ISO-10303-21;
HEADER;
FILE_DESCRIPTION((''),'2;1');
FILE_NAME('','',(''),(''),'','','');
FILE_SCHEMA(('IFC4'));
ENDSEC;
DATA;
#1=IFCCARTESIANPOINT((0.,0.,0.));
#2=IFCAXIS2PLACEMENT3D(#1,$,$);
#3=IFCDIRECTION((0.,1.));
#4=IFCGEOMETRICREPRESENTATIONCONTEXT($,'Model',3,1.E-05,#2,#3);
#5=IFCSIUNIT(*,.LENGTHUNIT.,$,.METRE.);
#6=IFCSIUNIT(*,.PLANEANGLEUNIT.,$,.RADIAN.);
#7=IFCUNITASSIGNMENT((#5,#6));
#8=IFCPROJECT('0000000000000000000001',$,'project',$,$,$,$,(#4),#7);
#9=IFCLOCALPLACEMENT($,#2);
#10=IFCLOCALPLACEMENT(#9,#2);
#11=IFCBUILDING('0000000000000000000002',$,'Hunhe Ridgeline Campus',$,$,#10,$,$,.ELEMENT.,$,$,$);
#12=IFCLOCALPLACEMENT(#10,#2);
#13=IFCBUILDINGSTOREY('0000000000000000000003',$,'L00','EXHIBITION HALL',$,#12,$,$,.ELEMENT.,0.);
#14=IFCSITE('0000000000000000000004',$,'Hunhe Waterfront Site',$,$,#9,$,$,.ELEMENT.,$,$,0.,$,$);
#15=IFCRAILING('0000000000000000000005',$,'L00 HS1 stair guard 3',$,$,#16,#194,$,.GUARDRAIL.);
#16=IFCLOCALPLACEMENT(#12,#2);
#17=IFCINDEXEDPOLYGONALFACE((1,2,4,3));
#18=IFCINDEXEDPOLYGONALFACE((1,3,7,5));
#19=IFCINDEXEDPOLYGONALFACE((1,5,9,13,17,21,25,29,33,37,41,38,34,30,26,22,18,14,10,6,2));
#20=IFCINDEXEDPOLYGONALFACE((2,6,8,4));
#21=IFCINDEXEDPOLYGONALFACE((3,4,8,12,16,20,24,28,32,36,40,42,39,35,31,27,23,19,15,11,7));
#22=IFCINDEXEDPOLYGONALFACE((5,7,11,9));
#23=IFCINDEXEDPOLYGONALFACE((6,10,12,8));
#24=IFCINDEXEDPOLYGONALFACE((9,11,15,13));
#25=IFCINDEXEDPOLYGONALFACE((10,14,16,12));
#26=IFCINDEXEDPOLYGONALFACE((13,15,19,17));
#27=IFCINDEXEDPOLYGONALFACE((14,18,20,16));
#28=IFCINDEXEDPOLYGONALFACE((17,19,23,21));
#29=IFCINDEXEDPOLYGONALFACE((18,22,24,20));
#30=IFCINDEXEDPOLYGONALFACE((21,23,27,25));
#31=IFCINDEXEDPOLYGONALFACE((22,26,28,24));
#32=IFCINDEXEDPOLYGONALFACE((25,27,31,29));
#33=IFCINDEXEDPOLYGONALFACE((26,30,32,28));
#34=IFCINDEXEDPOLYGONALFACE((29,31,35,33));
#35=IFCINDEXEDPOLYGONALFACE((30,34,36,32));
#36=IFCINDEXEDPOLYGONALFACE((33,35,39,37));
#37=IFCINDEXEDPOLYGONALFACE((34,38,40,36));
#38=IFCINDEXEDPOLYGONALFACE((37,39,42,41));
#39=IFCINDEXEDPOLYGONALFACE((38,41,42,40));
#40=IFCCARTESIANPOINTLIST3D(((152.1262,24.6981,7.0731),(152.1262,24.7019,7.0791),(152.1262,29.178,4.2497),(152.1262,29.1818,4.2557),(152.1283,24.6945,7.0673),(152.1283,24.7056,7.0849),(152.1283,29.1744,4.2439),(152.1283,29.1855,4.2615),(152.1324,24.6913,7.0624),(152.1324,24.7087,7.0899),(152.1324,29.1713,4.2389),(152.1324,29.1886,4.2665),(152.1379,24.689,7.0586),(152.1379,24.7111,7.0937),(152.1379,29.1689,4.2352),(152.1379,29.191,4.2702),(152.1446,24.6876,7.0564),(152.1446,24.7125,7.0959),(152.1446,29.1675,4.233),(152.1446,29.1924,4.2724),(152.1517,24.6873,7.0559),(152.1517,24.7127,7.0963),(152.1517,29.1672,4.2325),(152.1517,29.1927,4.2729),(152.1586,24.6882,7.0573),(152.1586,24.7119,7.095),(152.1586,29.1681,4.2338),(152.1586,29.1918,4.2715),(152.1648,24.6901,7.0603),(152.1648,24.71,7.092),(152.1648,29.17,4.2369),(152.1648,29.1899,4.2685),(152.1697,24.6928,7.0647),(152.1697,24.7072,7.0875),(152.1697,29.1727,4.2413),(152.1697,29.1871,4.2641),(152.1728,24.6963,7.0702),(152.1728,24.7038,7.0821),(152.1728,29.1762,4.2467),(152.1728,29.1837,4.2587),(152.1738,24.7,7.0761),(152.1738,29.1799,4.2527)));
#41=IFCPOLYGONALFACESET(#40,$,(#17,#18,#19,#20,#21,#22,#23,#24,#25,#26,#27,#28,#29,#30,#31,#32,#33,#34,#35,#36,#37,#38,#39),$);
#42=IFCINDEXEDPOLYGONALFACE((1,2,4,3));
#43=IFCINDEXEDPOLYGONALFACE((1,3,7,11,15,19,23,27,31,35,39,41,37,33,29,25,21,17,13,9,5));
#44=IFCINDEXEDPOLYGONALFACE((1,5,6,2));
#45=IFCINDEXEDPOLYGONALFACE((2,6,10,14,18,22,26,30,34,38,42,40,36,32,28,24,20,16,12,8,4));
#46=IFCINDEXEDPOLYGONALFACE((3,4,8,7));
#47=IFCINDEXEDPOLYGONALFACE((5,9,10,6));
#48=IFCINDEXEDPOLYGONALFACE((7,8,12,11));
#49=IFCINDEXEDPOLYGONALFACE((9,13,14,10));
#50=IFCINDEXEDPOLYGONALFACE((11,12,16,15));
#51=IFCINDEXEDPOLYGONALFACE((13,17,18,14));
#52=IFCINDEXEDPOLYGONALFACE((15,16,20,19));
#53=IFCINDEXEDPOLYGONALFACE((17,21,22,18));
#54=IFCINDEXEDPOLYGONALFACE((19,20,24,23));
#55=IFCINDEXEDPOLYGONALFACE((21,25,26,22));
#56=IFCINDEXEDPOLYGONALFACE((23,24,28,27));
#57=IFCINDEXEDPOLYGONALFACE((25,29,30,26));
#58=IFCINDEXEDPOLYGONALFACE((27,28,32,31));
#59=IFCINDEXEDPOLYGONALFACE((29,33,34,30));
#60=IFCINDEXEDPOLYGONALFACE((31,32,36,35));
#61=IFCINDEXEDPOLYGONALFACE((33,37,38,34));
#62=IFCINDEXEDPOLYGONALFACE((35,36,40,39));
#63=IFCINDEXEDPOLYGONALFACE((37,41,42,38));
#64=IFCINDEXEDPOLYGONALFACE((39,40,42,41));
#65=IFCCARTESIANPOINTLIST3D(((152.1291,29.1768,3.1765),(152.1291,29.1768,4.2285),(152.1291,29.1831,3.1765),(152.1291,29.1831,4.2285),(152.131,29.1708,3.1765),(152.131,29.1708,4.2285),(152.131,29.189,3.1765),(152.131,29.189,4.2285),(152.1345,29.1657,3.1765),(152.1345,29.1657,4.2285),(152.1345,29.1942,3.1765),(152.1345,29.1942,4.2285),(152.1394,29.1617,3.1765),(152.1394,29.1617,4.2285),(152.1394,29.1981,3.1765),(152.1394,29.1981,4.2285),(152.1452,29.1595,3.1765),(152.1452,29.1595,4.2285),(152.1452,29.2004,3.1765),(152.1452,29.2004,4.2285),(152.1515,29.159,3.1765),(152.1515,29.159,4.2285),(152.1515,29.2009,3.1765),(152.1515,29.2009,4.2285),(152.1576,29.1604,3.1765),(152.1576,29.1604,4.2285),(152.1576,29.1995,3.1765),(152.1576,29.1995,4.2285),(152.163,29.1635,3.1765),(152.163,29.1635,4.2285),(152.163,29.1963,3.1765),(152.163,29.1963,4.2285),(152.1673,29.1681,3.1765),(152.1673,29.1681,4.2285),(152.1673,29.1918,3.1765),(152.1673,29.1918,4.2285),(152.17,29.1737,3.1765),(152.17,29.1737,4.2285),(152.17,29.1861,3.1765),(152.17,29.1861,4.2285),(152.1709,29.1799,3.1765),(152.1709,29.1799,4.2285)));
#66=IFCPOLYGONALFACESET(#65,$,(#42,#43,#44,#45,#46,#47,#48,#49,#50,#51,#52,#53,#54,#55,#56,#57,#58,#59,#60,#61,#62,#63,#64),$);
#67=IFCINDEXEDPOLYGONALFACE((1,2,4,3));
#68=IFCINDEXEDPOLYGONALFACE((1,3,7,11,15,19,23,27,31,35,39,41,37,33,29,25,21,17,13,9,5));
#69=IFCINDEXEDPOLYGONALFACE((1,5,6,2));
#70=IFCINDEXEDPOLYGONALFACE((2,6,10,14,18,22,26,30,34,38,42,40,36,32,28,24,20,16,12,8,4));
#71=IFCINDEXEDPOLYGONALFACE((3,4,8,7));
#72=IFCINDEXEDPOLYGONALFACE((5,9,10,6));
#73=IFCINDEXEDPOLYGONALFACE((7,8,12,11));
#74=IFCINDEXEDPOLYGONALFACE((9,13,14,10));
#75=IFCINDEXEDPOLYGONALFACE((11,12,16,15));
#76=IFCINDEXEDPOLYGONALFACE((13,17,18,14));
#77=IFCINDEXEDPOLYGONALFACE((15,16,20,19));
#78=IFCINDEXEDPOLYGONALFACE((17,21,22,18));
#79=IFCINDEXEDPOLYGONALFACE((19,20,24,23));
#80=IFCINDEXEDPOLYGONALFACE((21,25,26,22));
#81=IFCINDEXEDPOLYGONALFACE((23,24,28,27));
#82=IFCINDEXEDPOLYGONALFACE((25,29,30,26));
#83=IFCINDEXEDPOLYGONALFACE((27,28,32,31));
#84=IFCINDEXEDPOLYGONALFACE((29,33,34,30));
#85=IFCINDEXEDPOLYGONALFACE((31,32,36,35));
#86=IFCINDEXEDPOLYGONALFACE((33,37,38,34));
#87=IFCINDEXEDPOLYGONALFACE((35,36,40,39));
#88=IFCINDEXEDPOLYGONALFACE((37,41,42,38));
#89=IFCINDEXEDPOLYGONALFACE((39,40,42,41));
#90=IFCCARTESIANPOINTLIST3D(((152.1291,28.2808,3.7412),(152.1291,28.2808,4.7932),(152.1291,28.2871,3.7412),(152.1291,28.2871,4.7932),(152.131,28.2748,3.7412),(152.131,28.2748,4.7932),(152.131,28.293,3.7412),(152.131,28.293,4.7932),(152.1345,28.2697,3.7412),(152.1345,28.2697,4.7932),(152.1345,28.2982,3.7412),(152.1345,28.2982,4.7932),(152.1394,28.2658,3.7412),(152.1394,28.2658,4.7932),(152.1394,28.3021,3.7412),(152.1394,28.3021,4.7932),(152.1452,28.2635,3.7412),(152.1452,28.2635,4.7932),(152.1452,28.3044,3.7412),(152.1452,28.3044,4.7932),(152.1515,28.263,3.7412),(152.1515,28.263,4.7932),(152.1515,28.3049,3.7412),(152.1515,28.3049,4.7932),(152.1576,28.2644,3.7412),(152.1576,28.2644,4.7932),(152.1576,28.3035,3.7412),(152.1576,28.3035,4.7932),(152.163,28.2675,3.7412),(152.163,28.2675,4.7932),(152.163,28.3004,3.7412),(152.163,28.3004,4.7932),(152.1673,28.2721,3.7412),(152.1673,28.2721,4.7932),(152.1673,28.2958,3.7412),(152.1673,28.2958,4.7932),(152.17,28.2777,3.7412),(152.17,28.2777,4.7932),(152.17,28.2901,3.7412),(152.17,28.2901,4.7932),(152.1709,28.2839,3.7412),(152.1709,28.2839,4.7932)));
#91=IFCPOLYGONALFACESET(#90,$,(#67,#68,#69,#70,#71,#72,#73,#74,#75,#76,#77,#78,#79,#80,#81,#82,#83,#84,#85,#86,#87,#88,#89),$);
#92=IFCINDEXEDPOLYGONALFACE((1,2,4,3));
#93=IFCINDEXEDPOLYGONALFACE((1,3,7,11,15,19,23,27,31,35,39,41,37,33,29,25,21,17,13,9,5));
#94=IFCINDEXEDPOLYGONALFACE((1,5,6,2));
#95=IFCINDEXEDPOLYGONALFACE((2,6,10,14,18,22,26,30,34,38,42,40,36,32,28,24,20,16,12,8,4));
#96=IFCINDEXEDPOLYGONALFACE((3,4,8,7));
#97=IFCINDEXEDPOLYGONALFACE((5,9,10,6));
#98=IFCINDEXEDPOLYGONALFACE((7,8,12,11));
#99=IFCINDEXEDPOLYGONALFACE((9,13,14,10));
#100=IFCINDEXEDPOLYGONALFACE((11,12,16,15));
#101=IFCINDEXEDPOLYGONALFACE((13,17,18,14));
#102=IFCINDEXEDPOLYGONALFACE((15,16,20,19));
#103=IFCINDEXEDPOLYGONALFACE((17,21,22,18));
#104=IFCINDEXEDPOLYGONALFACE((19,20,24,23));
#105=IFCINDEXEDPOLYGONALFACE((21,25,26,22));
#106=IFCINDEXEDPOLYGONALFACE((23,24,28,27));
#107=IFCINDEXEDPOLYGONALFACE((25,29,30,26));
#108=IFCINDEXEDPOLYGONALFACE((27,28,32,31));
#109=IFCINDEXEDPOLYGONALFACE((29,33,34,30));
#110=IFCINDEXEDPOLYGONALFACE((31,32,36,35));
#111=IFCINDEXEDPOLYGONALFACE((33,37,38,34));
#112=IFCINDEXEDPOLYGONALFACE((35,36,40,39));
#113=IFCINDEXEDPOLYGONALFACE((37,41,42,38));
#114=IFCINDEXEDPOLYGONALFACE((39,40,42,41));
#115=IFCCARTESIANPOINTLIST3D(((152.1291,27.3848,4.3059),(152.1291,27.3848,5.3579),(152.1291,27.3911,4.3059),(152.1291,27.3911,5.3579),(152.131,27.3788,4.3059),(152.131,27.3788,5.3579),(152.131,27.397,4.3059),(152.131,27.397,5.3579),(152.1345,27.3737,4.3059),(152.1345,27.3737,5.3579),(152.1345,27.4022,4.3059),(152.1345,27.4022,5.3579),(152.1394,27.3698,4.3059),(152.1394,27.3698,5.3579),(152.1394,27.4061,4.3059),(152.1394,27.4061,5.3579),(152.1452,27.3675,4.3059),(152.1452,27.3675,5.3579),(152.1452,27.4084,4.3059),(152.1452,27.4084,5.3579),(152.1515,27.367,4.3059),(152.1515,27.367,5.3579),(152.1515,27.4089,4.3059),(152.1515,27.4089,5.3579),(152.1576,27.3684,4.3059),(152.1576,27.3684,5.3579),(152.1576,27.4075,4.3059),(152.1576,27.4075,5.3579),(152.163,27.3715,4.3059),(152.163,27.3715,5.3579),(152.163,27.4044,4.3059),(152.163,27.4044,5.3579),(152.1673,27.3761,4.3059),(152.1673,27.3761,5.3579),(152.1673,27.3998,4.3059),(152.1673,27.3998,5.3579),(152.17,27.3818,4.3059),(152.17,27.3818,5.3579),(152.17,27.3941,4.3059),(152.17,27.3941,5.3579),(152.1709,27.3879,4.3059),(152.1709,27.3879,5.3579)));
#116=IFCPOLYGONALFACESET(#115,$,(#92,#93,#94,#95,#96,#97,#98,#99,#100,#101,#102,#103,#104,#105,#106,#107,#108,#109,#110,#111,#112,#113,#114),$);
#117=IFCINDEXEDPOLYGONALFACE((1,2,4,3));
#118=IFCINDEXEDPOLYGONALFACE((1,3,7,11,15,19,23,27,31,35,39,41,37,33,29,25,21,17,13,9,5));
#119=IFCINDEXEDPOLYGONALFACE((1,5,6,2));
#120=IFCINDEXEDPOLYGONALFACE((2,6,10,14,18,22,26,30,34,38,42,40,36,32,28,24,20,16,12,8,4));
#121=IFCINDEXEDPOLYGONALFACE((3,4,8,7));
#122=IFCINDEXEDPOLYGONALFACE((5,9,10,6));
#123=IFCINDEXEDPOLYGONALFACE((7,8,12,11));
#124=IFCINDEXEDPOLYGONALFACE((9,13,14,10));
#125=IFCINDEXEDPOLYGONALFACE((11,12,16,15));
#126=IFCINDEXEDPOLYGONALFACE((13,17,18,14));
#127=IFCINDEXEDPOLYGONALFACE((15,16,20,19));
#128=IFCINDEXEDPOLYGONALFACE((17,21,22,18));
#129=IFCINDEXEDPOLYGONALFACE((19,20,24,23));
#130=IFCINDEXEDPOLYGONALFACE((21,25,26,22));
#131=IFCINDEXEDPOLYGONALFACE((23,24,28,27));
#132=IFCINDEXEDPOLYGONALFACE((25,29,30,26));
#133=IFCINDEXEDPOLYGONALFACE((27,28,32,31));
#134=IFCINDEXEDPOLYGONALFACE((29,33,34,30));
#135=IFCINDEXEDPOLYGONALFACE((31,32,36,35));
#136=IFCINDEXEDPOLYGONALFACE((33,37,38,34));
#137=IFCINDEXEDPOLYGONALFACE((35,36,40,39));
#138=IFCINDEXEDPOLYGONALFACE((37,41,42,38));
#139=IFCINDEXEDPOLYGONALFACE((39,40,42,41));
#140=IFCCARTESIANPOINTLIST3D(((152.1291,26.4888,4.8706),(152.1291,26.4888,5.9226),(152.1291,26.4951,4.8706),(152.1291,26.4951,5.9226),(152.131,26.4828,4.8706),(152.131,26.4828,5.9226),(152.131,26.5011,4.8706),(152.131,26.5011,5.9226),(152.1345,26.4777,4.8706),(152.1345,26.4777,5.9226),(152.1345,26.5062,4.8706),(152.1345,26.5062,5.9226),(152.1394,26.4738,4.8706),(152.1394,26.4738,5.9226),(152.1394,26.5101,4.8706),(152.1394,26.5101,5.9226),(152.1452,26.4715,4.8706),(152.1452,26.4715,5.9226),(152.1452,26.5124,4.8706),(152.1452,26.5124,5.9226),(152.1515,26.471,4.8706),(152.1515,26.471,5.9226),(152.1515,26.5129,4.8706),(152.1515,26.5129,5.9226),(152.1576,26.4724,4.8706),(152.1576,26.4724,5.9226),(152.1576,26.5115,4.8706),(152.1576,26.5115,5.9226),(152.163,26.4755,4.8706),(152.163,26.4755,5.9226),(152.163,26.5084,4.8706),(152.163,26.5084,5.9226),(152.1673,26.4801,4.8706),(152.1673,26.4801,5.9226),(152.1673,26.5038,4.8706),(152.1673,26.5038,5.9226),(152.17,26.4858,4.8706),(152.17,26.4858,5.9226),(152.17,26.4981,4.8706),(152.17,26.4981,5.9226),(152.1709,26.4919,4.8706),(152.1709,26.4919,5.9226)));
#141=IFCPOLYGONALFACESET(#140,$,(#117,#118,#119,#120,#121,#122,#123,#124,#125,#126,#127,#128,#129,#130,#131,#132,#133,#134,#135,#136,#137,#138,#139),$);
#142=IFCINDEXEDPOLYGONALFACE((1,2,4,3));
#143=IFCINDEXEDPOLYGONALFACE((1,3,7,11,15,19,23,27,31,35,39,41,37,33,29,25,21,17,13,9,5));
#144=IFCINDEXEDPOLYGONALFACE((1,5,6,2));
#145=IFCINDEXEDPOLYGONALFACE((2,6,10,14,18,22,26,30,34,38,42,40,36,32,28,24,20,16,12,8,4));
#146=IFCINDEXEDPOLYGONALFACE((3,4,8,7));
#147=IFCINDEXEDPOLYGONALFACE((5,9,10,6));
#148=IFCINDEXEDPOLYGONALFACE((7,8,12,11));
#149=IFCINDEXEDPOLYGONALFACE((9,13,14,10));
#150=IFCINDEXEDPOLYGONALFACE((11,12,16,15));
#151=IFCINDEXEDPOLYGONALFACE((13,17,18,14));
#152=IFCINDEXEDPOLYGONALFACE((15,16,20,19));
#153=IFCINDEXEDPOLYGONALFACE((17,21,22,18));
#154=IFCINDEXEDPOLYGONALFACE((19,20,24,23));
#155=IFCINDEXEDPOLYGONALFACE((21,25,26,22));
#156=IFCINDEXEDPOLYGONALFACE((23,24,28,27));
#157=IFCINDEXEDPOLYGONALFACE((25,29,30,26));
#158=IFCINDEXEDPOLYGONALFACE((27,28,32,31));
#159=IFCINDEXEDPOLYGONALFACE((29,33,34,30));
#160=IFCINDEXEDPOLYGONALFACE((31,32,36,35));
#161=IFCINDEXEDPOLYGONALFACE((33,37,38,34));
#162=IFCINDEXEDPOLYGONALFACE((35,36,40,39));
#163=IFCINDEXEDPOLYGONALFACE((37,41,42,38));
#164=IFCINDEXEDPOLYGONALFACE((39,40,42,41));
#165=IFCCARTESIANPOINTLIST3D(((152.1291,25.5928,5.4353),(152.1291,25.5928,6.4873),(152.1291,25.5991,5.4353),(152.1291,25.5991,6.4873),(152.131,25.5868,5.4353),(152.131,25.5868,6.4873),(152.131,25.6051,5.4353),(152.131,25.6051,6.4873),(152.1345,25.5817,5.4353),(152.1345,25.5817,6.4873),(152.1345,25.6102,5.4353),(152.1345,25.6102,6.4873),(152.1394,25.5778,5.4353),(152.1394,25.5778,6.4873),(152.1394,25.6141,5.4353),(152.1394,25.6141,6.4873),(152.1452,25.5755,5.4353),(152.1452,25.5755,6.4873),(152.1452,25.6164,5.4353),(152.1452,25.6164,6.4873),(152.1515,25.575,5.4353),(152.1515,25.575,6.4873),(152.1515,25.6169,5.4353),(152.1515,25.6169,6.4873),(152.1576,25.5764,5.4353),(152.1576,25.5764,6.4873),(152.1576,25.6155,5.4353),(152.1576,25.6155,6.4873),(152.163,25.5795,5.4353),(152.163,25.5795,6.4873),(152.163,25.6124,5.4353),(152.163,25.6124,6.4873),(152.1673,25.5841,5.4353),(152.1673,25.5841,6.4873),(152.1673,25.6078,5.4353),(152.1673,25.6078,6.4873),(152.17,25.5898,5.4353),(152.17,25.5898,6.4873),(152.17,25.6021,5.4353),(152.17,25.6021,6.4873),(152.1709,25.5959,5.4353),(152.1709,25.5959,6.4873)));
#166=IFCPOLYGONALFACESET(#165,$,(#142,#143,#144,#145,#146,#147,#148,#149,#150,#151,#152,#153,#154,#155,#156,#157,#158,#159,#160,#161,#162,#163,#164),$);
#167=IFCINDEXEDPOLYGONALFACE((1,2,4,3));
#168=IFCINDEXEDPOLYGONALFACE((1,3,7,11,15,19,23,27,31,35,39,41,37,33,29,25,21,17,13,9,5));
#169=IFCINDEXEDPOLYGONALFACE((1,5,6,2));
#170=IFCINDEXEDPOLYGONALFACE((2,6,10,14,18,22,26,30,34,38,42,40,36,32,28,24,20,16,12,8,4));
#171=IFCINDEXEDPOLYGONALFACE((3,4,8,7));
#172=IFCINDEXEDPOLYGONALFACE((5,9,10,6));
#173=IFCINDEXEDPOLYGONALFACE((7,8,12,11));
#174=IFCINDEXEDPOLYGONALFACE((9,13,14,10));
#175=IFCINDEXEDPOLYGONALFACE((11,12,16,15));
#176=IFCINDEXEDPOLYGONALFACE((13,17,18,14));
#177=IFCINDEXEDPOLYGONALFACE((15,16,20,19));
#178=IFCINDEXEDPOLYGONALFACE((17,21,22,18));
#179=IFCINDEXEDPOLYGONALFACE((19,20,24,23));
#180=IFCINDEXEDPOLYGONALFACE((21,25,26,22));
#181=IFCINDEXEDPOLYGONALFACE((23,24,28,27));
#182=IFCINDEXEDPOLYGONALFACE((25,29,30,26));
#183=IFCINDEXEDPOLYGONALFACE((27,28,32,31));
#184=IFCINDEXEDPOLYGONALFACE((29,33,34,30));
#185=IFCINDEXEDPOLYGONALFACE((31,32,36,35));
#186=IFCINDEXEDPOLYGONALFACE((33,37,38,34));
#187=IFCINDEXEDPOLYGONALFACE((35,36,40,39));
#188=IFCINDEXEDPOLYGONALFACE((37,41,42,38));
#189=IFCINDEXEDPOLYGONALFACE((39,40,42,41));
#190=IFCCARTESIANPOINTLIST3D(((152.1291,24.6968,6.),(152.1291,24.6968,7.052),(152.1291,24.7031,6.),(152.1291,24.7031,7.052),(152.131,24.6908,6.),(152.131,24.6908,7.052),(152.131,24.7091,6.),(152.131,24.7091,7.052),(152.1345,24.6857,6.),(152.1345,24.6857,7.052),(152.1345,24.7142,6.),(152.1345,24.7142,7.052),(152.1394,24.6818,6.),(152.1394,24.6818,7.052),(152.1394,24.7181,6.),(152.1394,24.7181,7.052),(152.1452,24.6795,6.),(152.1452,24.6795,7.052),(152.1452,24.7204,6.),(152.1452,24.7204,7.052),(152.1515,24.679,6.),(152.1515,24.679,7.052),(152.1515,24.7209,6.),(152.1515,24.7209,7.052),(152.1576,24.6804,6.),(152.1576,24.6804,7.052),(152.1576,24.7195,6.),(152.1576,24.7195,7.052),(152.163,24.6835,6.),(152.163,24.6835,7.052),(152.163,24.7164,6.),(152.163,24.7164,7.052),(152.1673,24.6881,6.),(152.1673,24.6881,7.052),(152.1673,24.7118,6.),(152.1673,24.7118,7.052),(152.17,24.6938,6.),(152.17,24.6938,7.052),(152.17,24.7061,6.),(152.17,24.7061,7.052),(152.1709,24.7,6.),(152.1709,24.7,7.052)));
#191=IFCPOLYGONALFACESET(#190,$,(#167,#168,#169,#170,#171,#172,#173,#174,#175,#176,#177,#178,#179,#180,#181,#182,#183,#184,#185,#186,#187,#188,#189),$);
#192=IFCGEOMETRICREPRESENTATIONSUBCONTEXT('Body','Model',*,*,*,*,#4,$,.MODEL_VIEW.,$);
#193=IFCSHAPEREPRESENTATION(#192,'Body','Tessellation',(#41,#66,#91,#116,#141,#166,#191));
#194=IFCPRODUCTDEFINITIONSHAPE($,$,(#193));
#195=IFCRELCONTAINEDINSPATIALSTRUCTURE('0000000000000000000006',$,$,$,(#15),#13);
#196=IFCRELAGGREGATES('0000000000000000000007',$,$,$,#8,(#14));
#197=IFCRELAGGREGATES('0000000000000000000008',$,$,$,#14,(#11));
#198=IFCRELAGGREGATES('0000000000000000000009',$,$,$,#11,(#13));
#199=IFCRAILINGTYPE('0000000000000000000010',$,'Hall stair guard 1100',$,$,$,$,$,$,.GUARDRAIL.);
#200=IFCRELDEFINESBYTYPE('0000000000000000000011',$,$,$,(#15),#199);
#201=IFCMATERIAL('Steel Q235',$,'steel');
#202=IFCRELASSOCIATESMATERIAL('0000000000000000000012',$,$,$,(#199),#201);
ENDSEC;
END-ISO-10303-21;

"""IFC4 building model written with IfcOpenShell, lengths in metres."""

from ifc_helpers import new_model, si_unit, direction, frame, origin, origin_2d, place, context, subcontext, project, spatial, circle, extrude, material, type_object, element, save


model = new_model("IFC4")

# Units and contexts
model_context = context("Model", 3, precision=1e-05, world=origin(), true_north=direction((0.0, 1.0)))
body_context = subcontext(model_context, "Body", "Model", "MODEL_VIEW")
ifc_project = project(units=[si_unit("LENGTHUNIT", "METRE"), si_unit("PLANEANGLEUNIT", "RADIAN")], contexts=[model_context])

# Site, building, storey
site_placement = place(None, origin())
site = spatial("IfcSite", under=ifc_project, at=site_placement, Name="Hunhe Waterfront Site", CompositionType="ELEMENT", RefElevation=0.0)
building_placement = place(site_placement, origin())
building = spatial("IfcBuilding", under=site, at=building_placement, Name="Hunhe Ridgeline Campus", CompositionType="ELEMENT")
storey_placement = place(building_placement, origin())
storey = spatial("IfcBuildingStorey", under=building, at=storey_placement, Name="L00", Description="EXHIBITION HALL", CompositionType="ELEMENT", Elevation=0.0)

# Railing
ifc_material_1 = material(Name="Steel Q235", Category="steel")
railing_type_1 = type_object("IfcRailingType", Name="Hall stair guard 1100", PredefinedType="GUARDRAIL", material=ifc_material_1)
railing_1_placement = place(storey_placement, frame((152.1499, 29.1799, 3.1765)))
element("IfcRailing", 1, at=railing_1_placement, inside=storey, type_object=railing_type_1, Name="L00 HS1 stair guard 3", PredefinedType="GUARDRAIL", context=body_context, shape_type="SweptSolid", body=[
    extrude(circle(Radius=0.0239, at=origin_2d()), frame((0.0, 0.0, 1.0762), z_axis=(0.0, -0.845998, 0.533186), x_axis=(1.0, 0.0, 0.0)), (0.0, 0.0, 1.0), 5.2954),
    extrude(circle(Radius=0.021, at=origin_2d()), origin(), (0.0, 0.0, 1.0), 1.052),
    extrude(circle(Radius=0.021, at=origin_2d()), frame((0.0, -0.896, 0.5647)), (0.0, 0.0, 1.0), 1.052),
    extrude(circle(Radius=0.021, at=origin_2d()), frame((0.0, -1.792, 1.1294)), (0.0, 0.0, 1.0), 1.052),
    extrude(circle(Radius=0.021, at=origin_2d()), frame((0.0, -2.688, 1.6941)), (0.0, 0.0, 1.0), 1.052),
    extrude(circle(Radius=0.021, at=origin_2d()), frame((0.0, -3.584, 2.2588)), (0.0, 0.0, 1.0), 1.052),
    extrude(circle(Radius=0.021, at=origin_2d()), frame((0.0, -4.48, 2.8235)), (0.0, 0.0, 1.0), 1.052),
])

save(model, "model.ifc")
